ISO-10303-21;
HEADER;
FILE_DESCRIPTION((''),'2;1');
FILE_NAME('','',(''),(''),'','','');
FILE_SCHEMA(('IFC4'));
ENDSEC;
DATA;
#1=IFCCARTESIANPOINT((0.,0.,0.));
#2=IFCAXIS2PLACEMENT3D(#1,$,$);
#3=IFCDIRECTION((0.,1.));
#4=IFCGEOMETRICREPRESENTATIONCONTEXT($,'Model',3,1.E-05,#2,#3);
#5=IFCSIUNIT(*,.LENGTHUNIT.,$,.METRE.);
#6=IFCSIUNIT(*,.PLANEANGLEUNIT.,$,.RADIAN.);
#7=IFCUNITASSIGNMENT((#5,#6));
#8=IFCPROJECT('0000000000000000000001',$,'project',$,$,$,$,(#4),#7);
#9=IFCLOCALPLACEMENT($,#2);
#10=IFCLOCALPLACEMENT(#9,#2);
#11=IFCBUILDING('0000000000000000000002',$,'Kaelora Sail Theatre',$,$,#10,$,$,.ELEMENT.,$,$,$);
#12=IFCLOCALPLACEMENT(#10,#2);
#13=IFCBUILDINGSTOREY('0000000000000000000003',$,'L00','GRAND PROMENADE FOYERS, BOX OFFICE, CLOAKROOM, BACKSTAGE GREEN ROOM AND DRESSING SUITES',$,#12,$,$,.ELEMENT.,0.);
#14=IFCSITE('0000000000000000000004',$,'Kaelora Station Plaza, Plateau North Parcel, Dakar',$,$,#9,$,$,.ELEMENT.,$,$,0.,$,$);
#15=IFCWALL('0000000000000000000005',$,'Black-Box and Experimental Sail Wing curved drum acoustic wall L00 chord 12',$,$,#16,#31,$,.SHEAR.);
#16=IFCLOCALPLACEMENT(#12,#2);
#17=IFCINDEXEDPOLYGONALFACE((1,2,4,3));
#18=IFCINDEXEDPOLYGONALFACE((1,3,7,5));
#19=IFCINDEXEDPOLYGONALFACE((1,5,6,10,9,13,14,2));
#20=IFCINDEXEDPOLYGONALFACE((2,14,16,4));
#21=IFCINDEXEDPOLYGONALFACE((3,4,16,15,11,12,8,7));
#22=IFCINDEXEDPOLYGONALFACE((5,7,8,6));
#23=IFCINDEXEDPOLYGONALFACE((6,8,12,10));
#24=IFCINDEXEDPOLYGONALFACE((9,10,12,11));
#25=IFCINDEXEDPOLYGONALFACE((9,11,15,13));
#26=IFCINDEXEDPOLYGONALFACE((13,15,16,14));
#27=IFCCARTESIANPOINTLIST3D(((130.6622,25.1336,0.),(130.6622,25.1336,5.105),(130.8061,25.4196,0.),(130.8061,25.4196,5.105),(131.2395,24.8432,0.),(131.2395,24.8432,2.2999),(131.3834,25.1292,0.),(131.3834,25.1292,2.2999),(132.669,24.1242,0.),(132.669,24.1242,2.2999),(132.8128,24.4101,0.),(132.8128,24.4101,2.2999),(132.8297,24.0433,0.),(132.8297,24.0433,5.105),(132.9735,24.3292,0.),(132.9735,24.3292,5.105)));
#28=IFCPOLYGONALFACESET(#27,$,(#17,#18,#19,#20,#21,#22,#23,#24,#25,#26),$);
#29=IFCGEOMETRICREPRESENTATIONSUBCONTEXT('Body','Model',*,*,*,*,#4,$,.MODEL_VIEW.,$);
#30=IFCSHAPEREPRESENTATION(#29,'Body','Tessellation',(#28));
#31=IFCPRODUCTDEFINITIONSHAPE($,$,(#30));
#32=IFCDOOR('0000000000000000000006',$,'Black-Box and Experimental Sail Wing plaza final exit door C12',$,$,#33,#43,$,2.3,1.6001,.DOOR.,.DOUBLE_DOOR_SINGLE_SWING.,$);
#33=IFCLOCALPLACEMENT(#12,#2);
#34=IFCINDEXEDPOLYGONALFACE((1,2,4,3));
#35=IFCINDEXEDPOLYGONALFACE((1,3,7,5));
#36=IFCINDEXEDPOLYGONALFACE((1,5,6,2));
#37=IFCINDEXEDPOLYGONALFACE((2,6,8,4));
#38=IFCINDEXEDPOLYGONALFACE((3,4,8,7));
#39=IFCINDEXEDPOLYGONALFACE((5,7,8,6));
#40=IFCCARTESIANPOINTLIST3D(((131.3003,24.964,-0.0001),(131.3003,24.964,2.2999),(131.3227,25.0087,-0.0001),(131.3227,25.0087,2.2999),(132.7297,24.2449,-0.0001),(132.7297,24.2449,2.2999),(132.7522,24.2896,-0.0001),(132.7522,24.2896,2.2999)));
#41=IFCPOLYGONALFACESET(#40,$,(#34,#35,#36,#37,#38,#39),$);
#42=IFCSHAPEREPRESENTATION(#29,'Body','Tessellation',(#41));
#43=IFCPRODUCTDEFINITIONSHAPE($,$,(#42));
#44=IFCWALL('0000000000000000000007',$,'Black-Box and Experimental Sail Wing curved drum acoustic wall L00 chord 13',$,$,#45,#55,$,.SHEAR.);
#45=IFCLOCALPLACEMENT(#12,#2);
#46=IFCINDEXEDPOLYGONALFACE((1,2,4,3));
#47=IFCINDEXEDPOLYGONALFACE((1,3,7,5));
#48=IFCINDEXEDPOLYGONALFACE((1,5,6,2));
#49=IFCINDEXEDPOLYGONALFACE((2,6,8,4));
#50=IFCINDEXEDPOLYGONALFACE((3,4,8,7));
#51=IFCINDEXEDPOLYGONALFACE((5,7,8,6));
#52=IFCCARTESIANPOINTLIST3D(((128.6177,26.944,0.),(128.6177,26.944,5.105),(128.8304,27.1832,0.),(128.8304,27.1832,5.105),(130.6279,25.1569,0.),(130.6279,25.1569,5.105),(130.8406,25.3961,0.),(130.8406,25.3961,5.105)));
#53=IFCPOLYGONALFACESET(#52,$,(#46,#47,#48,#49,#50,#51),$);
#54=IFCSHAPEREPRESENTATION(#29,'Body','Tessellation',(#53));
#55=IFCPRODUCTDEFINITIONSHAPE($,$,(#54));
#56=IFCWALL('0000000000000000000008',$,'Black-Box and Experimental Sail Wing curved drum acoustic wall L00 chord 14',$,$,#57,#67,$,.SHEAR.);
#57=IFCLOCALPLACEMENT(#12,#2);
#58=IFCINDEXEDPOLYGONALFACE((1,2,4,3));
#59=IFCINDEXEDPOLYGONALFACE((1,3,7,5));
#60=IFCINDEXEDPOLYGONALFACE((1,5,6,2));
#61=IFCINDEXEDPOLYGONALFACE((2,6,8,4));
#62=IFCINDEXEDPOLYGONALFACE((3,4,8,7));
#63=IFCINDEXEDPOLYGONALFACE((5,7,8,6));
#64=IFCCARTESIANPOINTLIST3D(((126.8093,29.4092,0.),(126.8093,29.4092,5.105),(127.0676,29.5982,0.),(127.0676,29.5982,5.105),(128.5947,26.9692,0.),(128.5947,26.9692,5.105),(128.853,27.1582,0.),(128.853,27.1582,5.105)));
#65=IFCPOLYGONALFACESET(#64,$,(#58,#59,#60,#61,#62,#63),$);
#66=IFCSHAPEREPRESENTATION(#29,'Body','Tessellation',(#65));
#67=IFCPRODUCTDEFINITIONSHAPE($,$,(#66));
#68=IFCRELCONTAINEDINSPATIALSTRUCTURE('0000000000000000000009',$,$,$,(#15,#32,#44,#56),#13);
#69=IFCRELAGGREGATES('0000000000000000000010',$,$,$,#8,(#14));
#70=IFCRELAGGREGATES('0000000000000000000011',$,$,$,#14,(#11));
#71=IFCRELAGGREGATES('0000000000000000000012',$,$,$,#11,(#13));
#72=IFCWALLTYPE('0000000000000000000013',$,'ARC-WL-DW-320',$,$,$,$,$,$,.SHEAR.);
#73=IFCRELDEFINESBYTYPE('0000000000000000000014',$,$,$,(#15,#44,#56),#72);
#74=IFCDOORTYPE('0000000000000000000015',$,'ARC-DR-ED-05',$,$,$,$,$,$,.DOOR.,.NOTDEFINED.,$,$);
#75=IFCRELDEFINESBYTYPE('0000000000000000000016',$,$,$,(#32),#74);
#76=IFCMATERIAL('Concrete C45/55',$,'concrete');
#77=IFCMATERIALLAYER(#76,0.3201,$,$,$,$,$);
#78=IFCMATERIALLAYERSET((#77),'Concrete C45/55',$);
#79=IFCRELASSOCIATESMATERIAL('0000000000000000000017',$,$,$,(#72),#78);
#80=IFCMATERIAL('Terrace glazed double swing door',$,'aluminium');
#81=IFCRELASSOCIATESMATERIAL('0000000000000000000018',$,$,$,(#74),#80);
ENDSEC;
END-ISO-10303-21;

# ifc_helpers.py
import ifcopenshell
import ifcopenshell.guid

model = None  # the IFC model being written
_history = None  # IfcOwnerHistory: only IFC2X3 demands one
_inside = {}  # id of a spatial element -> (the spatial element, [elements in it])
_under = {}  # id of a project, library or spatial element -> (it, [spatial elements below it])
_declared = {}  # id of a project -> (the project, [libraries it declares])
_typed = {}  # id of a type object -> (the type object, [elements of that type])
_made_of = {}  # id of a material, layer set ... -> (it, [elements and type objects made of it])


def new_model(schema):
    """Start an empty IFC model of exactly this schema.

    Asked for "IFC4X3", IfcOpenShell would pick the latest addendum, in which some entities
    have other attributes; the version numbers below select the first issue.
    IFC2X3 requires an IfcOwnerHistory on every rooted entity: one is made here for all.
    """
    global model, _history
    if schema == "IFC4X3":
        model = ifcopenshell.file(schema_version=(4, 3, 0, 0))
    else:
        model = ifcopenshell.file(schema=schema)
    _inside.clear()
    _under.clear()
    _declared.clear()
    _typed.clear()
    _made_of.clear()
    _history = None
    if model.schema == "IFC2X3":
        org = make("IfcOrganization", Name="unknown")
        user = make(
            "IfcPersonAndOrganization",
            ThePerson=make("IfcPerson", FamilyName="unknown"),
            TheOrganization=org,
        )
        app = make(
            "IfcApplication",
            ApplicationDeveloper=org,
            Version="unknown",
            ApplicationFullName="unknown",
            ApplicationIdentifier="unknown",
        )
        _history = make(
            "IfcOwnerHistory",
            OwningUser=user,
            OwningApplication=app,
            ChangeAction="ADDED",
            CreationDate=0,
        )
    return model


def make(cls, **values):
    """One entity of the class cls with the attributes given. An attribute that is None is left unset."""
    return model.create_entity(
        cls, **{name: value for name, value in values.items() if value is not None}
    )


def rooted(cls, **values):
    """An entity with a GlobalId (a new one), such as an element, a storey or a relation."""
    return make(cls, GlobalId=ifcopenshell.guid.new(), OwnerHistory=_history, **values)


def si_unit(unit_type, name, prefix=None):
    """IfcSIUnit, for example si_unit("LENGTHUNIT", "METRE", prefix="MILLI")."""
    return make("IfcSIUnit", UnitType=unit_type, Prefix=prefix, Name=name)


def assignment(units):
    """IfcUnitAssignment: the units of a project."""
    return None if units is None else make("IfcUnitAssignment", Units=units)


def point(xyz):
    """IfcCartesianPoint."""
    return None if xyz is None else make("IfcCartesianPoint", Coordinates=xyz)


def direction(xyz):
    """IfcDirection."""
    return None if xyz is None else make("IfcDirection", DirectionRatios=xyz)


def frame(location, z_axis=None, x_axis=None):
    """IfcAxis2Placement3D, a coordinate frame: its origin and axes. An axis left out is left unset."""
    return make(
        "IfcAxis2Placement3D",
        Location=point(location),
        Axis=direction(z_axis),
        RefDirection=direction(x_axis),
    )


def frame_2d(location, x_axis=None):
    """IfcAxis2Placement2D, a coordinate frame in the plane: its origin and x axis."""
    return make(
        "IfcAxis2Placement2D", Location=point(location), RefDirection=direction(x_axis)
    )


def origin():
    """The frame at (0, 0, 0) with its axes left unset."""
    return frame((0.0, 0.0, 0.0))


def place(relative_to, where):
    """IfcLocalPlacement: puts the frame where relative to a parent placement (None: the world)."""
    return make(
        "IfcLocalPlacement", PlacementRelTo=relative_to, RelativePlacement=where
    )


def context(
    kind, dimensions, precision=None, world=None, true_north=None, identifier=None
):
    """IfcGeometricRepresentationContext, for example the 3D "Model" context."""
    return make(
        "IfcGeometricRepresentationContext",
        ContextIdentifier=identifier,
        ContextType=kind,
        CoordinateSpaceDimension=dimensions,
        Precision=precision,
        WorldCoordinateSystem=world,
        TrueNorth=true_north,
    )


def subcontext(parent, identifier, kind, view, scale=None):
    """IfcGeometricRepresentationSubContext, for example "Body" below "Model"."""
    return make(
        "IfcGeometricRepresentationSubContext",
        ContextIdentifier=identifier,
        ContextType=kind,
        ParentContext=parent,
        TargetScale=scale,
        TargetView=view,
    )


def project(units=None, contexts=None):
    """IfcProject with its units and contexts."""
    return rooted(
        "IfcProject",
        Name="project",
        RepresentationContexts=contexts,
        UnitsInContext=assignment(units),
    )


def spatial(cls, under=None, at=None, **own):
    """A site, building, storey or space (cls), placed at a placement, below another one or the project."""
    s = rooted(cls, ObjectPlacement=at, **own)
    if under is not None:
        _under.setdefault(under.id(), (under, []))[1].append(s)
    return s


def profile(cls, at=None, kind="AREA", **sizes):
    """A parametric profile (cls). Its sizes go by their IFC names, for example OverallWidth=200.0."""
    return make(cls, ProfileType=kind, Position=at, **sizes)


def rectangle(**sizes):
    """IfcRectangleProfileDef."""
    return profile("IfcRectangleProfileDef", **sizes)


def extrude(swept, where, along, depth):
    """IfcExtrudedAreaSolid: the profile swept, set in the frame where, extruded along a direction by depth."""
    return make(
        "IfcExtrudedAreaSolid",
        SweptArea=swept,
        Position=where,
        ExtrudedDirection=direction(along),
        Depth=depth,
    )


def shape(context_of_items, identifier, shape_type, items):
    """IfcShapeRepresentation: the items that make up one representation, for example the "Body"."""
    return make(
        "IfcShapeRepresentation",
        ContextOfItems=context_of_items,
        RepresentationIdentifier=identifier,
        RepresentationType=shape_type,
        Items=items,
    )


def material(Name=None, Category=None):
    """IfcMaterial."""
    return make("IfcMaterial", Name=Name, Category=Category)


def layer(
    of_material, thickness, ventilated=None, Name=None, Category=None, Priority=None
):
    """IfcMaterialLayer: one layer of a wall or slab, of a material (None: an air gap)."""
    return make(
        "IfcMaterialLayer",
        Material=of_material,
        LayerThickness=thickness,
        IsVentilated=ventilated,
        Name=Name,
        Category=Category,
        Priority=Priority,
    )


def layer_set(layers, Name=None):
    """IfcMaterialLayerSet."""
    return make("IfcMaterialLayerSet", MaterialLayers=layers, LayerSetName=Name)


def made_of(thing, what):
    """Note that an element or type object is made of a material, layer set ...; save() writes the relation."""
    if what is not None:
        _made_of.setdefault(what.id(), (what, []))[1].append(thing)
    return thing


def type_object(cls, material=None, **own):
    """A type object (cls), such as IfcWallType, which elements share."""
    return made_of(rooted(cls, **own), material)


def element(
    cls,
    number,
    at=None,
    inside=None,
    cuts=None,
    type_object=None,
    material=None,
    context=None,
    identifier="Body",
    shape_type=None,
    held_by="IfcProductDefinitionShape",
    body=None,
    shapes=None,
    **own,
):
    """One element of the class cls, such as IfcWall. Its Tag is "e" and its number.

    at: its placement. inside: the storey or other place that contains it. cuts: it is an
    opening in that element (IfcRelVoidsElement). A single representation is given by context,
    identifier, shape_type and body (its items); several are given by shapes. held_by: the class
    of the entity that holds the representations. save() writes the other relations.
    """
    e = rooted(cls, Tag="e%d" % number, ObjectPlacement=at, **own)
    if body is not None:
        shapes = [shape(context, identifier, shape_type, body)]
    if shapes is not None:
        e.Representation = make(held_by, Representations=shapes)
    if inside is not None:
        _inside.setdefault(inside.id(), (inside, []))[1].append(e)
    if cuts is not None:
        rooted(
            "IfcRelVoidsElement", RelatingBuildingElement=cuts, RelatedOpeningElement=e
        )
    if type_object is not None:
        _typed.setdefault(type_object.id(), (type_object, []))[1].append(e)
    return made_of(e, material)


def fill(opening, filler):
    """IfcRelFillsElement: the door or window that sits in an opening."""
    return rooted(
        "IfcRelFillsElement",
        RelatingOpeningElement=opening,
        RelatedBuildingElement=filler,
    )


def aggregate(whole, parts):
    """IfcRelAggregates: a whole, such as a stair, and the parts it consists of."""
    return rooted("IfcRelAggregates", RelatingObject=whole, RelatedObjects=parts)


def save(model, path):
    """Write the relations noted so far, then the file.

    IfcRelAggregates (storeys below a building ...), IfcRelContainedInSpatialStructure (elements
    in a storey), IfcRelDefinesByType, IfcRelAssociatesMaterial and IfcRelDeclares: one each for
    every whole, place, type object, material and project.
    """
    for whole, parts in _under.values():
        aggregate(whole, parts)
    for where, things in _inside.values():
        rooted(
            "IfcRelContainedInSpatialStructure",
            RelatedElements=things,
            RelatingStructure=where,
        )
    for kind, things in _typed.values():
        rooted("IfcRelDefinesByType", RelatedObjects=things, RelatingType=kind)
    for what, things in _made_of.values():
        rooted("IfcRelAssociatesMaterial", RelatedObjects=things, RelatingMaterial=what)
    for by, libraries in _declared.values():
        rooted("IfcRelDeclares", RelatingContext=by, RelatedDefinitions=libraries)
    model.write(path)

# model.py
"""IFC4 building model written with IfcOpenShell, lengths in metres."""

from ifc_helpers import new_model, si_unit, direction, frame, frame_2d, origin, place, context, subcontext, project, spatial, rectangle, extrude, material, layer, layer_set, type_object, element, fill, save


model = new_model("IFC4")

# Units and contexts
model_context = context("Model", 3, precision=1e-05, world=origin(), true_north=direction((0.0, 1.0)))
body_context = subcontext(model_context, "Body", "Model", "MODEL_VIEW")
ifc_project = project(units=[si_unit("LENGTHUNIT", "METRE"), si_unit("PLANEANGLEUNIT", "RADIAN")], contexts=[model_context])

# Site, building, storey
site_placement = place(None, origin())
site = spatial("IfcSite", under=ifc_project, at=site_placement, Name="Kaelora Station Plaza, Plateau North Parcel, Dakar", CompositionType="ELEMENT", RefElevation=0.0)
building_placement = place(site_placement, origin())
building = spatial("IfcBuilding", under=site, at=building_placement, Name="Kaelora Sail Theatre", CompositionType="ELEMENT")
storey_placement = place(building_placement, origin())
storey = spatial("IfcBuildingStorey", under=building, at=storey_placement, Name="L00", Description="GRAND PROMENADE FOYERS, BOX OFFICE, CLOAKROOM, BACKSTAGE GREEN ROOM AND DRESSING SUITES", CompositionType="ELEMENT", Elevation=0.0)

# Wall, opening, door
ifc_material_1 = material(Name="Concrete C45/55", Category="concrete")
ifc_layer = layer(ifc_material_1, 0.3201)
ifc_layer_set = layer_set([ifc_layer], Name="Concrete C45/55")
wall_type = type_object("IfcWallType", Name="ARC-WL-DW-320", PredefinedType="SHEAR", material=ifc_layer_set)
wall_1_placement = place(storey_placement, frame((132.9016, 24.1863, 0.0), z_axis=(0.0, 0.0, 1.0), x_axis=(-0.893338, 0.449386, 0.0)))
wall_1 = element("IfcWall", 1, at=wall_1_placement, inside=storey, type_object=wall_type, Name="Black-Box and Experimental Sail Wing curved drum acoustic wall L00 chord 12", PredefinedType="SHEAR", context=body_context, shape_type="SweptSolid", body=[
    extrude(rectangle(XDim=2.4263, YDim=0.3201, at=frame_2d((1.2131, 0.0))), origin(), (0.0, 0.0, 1.0), 5.105),
])
opening_placement = place(wall_1_placement, frame((0.1799, 0.0, 0.0)))
opening = element("IfcOpeningElement", 2, at=opening_placement, cuts=wall_1, PredefinedType="OPENING", context=body_context, shape_type="SweptSolid", body=[
    extrude(rectangle(XDim=1.6001, YDim=2.3, at=frame_2d((0.8, 1.1499))), frame((0.0, 0.1702, 0.0), z_axis=(0.0, -1.0, 0.0), x_axis=(1.0, 0.0, 0.0)), (0.0, 0.0, 1.0), 0.3401),
])
ifc_material_2 = material(Name="Terrace glazed double swing door", Category="aluminium")
door_type = type_object("IfcDoorType", Name="ARC-DR-ED-05", OperationType="NOTDEFINED", PredefinedType="DOOR", material=ifc_material_2)
door_placement = place(opening_placement, origin())
door = element("IfcDoor", 3, at=door_placement, inside=storey, type_object=door_type, Name="Black-Box and Experimental Sail Wing plaza final exit door C12", OperationType="DOUBLE_DOOR_SINGLE_SWING", OverallHeight=2.3, OverallWidth=1.6001, PredefinedType="DOOR", context=body_context, shape_type="SweptSolid", body=[
    extrude(rectangle(XDim=1.6001, YDim=2.3, at=frame_2d((0.8, 1.1499))), frame((0.0, 0.0249, 0.0), z_axis=(0.0, -1.0, 0.0), x_axis=(1.0, 0.0, 0.0)), (0.0, 0.0, 1.0), 0.05),
])
fill(opening, door)

# Walls
wall_2_placement = place(storey_placement, frame((130.7341, 25.2766, 0.0), z_axis=(0.0, 0.0, 1.0), x_axis=(-0.747369, 0.664409, 0.0)))
element("IfcWall", 4, at=wall_2_placement, inside=storey, type_object=wall_type, Name="Black-Box and Experimental Sail Wing curved drum acoustic wall L00 chord 13", PredefinedType="SHEAR", context=body_context, shape_type="SweptSolid", body=[
    extrude(rectangle(XDim=2.6897, YDim=0.3201, at=frame_2d((1.3447, 0.0))), origin(), (0.0, 0.0, 1.0), 5.105),
])
wall_3_placement = place(storey_placement, frame((128.7239, 27.0637, 0.0), z_axis=(0.0, 0.0, 1.0), x_axis=(-0.590527, 0.807018, 0.0)))
element("IfcWall", 5, at=wall_3_placement, inside=storey, type_object=wall_type, Name="Black-Box and Experimental Sail Wing curved drum acoustic wall L00 chord 14", PredefinedType="SHEAR", context=body_context, shape_type="SweptSolid", body=[
    extrude(rectangle(XDim=3.0234, YDim=0.3201, at=frame_2d((1.5117, 0.0))), origin(), (0.0, 0.0, 1.0), 5.105),
])

save(model, "model.ifc")
